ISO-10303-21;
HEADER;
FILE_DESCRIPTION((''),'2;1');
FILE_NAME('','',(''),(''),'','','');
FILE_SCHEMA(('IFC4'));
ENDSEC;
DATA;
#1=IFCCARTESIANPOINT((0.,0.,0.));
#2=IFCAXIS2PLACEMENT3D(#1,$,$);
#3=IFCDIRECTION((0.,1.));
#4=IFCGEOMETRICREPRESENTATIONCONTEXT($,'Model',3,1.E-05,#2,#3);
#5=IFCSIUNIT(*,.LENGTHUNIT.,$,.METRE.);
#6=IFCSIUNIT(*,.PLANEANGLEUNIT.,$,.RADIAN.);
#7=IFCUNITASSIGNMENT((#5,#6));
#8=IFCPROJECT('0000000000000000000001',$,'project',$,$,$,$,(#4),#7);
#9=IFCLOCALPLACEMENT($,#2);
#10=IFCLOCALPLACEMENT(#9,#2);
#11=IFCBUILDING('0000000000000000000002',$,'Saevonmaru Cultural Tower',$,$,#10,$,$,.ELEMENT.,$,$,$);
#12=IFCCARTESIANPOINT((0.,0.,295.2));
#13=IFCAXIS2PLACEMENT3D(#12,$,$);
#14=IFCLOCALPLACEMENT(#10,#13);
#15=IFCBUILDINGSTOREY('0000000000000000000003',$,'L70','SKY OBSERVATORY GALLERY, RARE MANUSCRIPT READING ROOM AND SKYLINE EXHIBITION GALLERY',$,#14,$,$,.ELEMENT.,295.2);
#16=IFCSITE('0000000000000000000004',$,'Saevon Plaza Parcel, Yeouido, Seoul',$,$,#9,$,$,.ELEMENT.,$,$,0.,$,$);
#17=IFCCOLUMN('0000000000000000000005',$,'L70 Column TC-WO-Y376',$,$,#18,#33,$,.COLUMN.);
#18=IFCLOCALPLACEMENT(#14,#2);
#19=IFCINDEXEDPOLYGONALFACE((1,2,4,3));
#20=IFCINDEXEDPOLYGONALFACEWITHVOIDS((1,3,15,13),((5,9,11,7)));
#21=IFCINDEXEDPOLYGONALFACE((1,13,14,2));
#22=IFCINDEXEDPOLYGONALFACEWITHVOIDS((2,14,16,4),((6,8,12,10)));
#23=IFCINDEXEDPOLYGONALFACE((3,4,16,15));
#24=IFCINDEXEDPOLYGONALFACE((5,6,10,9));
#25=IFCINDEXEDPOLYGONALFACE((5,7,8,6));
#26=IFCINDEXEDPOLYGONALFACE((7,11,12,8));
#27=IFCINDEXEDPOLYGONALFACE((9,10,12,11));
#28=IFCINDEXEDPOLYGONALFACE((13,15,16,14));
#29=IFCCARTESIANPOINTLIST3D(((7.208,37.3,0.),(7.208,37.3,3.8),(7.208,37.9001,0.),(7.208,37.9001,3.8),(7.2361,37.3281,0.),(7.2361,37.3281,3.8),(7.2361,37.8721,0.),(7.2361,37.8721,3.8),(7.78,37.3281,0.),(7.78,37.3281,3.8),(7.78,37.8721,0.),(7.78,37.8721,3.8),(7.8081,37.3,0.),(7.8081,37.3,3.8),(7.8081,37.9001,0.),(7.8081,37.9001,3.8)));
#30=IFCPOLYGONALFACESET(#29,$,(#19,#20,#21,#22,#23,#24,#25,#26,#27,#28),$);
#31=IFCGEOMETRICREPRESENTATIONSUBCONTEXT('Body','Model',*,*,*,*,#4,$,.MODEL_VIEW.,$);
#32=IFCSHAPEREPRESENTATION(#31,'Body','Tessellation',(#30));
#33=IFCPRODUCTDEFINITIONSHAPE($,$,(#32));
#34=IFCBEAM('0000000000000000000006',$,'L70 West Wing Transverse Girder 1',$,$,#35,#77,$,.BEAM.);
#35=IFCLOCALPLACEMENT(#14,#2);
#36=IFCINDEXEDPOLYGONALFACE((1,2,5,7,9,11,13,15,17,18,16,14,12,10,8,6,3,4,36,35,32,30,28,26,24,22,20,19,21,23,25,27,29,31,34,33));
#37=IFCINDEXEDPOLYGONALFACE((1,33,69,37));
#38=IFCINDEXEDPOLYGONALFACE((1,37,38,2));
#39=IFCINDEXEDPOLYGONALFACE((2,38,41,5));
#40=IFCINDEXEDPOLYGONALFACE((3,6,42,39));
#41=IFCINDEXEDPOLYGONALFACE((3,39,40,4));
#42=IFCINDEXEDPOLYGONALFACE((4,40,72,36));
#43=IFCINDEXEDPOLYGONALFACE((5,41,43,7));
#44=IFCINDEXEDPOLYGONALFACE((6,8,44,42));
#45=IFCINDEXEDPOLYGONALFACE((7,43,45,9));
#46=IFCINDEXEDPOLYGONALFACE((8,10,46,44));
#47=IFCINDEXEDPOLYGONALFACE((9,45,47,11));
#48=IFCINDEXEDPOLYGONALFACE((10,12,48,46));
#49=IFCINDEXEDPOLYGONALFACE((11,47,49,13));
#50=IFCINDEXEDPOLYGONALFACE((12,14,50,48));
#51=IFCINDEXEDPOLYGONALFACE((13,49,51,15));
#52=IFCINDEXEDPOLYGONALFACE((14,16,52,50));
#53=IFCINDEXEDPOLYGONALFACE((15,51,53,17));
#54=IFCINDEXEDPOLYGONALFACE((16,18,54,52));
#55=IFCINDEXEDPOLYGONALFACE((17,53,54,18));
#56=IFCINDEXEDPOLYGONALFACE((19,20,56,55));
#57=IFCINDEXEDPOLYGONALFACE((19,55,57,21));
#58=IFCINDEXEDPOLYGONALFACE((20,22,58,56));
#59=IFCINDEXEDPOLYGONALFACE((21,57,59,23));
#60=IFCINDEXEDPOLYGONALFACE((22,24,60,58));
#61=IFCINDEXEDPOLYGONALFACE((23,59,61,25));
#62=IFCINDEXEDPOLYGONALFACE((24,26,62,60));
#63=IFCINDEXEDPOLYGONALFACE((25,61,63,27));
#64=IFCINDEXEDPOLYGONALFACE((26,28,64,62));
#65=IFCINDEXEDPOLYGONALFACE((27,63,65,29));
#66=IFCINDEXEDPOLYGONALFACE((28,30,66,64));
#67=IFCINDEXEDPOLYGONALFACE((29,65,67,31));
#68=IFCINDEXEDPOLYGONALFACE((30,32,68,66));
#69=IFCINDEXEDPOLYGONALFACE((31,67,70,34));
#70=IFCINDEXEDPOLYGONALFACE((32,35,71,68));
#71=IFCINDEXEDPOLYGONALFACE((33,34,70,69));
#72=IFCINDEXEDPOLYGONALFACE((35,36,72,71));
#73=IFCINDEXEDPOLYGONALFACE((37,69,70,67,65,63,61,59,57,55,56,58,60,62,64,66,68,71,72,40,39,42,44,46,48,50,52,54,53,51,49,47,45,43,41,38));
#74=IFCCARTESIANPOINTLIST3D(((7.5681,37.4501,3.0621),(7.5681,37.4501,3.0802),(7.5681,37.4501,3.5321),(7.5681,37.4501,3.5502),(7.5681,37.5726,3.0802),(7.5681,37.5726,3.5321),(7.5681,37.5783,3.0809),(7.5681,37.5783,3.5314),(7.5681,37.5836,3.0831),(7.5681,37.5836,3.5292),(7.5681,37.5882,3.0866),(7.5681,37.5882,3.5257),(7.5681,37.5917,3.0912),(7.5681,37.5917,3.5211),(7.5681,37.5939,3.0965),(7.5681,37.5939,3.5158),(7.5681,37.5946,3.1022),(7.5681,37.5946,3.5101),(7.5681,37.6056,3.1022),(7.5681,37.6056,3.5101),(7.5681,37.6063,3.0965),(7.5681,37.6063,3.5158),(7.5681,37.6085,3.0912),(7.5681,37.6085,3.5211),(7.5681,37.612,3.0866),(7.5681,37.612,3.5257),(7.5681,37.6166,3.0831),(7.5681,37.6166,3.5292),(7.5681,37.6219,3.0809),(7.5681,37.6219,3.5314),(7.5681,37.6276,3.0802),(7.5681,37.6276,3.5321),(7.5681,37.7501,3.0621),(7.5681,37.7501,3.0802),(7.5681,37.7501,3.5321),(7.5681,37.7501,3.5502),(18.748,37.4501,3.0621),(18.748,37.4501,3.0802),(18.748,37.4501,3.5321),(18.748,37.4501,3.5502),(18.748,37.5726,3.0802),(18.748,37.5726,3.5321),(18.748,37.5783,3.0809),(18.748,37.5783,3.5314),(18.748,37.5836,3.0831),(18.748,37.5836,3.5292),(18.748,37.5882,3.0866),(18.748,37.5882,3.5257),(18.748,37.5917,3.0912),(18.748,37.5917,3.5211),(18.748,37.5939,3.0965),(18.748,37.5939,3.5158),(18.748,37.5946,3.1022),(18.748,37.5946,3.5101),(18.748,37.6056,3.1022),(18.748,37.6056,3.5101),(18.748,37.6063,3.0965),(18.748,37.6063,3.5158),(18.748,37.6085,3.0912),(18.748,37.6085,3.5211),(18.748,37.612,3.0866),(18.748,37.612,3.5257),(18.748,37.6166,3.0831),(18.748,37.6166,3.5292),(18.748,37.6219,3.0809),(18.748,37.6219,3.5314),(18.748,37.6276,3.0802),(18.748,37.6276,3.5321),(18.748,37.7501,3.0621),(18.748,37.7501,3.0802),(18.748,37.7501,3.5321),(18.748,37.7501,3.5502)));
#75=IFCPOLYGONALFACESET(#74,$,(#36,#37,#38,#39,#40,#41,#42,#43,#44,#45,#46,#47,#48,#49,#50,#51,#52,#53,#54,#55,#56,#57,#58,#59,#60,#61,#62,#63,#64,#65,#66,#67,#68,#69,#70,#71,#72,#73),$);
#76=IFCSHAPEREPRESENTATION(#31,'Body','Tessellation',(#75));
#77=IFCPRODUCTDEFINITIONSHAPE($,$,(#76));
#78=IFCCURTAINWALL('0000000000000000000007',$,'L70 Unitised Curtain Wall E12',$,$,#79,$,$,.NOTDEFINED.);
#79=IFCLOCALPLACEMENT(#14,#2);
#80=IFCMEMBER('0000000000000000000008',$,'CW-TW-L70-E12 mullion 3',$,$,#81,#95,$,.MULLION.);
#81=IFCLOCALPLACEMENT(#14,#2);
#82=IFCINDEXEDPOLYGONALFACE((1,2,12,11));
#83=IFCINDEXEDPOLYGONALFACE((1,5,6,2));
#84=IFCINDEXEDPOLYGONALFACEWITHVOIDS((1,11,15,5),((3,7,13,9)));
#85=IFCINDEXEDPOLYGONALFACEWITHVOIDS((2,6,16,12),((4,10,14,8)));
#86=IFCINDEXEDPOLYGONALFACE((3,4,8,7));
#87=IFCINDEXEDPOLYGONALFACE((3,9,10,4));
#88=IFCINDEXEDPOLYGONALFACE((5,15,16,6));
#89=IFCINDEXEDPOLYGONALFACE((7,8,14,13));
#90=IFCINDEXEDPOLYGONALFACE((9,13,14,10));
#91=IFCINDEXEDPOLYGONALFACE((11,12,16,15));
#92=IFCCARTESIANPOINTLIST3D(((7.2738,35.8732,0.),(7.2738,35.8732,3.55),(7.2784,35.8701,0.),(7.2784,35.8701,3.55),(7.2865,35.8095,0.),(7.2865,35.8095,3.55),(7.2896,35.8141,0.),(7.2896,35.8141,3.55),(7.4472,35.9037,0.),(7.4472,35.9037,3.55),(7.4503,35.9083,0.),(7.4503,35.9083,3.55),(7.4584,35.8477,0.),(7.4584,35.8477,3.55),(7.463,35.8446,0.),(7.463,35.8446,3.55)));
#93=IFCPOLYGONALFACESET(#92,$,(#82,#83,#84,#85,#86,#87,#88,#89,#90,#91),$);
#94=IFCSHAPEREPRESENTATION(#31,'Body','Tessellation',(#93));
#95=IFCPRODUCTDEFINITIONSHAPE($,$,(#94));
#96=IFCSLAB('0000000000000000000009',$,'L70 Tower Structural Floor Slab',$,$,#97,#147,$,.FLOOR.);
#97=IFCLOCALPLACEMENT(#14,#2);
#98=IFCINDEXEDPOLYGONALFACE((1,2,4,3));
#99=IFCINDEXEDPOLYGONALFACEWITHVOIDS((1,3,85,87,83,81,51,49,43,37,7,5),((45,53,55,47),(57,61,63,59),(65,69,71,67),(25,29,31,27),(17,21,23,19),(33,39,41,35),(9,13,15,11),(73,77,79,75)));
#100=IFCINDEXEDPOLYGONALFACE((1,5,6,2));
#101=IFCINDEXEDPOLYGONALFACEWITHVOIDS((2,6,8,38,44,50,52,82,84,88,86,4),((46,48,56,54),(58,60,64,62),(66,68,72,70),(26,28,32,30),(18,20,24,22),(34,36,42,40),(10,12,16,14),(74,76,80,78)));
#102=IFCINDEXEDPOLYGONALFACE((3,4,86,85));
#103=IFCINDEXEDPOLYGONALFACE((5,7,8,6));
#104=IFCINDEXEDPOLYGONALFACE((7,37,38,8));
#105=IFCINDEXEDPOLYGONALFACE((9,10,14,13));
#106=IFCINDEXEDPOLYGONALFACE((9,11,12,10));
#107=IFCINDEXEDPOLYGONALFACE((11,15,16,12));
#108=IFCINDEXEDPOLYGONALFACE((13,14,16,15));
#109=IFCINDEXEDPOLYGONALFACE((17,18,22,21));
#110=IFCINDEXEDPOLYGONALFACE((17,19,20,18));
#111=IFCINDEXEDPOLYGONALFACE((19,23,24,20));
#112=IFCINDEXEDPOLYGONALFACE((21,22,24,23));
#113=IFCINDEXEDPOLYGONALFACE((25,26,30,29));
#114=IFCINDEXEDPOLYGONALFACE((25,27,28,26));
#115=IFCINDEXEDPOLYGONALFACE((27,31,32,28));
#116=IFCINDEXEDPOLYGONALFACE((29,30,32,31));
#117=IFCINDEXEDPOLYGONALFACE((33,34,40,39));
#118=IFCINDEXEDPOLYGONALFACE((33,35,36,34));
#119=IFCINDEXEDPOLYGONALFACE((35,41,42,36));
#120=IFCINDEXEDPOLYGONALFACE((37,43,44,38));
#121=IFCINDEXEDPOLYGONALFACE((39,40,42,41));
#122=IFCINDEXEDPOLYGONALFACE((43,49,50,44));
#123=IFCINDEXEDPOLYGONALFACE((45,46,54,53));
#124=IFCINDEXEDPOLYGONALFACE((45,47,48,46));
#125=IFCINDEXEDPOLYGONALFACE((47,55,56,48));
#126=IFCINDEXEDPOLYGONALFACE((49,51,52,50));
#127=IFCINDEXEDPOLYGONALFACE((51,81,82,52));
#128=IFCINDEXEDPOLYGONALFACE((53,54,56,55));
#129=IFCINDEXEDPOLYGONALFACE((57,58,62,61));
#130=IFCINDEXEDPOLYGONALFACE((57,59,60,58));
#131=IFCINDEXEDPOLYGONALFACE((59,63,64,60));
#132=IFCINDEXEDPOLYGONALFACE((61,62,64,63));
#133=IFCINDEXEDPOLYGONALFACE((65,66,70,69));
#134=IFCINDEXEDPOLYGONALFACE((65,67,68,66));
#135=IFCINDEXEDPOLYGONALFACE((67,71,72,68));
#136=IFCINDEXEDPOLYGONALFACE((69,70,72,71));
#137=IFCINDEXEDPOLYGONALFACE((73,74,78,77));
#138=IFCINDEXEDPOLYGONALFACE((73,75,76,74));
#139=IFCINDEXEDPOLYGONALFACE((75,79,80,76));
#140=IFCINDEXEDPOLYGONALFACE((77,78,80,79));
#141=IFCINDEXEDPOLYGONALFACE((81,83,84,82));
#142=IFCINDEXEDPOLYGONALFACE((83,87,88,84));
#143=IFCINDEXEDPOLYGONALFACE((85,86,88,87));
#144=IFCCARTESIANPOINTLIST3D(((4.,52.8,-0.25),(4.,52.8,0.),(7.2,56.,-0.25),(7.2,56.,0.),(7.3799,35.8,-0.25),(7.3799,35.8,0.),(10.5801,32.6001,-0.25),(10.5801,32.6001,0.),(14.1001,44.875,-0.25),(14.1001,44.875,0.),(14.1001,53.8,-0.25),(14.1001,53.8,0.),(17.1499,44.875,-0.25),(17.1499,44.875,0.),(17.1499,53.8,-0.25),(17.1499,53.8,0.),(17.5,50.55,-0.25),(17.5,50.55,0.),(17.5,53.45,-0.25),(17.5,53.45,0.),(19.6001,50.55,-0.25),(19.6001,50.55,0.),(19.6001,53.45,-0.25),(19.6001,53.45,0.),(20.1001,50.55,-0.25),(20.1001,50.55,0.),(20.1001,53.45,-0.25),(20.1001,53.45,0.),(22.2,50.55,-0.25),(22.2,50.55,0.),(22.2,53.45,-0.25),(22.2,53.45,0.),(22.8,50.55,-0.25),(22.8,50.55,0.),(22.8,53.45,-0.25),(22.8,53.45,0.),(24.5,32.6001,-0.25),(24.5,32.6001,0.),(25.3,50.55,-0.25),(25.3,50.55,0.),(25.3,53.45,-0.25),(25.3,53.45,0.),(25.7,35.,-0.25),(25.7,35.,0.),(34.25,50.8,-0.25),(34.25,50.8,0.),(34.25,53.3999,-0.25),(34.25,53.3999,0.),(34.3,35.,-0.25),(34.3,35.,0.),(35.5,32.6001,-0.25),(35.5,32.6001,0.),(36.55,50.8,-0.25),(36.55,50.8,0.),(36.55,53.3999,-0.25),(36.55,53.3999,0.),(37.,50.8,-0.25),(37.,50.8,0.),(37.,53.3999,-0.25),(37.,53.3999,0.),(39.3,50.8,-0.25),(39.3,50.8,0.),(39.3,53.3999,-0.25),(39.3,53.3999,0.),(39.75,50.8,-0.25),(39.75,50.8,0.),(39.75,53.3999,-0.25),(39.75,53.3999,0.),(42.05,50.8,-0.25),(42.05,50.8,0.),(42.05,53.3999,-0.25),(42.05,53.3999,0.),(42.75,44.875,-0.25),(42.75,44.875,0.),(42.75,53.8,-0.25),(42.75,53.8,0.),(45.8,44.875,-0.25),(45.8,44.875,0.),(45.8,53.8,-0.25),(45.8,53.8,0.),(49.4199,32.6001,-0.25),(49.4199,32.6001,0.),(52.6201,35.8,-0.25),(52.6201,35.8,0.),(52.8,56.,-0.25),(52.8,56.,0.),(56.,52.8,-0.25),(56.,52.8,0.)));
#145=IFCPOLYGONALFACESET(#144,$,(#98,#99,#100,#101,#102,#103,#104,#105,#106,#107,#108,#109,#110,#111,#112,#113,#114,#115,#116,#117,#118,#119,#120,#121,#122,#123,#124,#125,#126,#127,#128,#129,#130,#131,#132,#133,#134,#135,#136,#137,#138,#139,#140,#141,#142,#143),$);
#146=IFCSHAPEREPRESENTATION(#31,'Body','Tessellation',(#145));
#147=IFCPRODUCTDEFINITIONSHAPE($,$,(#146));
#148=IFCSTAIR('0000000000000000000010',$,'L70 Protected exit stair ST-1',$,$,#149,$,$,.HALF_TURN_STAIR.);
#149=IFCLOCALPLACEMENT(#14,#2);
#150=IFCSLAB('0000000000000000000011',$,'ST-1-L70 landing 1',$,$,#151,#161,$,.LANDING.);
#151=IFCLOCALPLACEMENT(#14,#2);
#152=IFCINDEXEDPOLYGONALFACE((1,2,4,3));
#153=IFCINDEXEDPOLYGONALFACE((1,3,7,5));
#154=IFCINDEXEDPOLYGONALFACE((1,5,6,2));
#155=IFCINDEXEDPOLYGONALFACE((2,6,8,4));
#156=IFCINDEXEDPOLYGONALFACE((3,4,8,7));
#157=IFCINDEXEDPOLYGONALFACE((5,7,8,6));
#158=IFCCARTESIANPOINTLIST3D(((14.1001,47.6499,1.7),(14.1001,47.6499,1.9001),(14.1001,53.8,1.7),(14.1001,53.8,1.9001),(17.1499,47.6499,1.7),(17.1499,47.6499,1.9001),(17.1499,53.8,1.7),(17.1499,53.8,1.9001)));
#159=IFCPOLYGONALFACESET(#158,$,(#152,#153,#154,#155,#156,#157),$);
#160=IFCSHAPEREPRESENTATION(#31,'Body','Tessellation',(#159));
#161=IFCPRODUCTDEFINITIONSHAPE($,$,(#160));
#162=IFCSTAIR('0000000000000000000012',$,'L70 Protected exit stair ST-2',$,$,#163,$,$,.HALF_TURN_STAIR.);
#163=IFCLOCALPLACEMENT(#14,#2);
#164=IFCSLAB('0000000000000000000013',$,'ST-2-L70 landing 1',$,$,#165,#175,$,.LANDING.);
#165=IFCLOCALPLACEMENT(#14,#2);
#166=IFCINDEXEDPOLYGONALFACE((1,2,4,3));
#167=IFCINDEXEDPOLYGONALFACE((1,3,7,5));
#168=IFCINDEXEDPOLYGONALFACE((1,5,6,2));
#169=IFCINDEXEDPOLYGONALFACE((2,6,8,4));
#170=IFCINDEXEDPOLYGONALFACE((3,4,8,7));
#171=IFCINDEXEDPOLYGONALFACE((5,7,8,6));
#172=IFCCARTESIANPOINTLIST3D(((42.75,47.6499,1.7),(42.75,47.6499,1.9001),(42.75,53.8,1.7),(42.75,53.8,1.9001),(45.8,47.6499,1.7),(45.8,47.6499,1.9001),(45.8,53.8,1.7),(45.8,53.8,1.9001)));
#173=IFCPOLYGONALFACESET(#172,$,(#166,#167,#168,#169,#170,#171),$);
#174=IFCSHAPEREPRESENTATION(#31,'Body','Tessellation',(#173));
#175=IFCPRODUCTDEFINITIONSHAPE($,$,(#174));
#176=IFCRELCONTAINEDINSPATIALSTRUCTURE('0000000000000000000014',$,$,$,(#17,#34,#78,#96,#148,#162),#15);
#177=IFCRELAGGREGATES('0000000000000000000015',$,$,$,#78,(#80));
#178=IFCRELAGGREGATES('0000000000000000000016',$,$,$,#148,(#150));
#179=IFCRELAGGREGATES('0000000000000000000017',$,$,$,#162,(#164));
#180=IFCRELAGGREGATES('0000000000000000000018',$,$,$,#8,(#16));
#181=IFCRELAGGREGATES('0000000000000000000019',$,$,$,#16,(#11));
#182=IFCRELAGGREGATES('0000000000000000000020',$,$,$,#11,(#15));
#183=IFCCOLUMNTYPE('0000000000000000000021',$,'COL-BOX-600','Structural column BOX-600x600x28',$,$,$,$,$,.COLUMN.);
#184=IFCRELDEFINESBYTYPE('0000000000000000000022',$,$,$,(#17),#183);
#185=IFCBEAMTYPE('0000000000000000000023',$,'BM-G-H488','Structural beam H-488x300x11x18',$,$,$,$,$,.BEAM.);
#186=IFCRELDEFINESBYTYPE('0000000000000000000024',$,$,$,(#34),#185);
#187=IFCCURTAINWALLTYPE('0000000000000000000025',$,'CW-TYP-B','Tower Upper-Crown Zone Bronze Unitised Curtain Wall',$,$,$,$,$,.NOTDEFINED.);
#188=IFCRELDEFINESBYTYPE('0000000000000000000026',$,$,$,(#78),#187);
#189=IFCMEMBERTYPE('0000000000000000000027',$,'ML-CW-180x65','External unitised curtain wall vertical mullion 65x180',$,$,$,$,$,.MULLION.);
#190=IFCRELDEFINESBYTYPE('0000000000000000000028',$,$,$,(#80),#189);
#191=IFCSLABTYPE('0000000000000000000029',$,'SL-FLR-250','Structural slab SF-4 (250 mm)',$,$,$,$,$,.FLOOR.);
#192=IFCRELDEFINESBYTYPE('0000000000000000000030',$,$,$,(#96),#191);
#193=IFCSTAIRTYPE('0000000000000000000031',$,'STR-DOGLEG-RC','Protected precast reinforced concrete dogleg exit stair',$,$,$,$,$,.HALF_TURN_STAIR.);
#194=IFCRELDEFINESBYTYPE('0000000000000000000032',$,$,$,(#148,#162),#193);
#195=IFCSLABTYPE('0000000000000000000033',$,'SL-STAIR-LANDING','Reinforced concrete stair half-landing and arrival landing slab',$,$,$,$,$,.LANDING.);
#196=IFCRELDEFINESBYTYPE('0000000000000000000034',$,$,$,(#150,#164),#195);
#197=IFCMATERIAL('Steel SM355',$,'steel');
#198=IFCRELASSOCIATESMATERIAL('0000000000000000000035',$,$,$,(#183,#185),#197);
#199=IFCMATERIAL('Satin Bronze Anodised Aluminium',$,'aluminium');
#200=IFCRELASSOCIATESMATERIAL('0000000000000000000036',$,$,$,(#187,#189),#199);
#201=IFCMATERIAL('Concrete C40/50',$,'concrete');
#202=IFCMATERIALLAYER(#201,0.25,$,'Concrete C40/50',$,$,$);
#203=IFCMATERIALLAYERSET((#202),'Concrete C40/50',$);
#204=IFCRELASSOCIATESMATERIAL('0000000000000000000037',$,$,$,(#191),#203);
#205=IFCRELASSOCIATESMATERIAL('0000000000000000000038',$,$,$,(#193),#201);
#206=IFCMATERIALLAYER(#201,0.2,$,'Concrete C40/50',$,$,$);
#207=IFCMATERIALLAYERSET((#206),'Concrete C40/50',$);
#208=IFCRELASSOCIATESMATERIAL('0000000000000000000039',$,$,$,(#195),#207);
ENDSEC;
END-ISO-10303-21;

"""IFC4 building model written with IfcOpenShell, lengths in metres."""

from ifc_helpers import new_model, si_unit, direction, frame, origin, origin_2d, place, context, subcontext, project, spatial, polyline, hollow_rectangle, i_section, outline, extrude, material, layer, layer_set, material_profile, profile_set, type_object, element, aggregate, save


model = new_model("IFC4")

# Units and contexts
model_context = context("Model", 3, precision=1e-05, world=origin(), true_north=direction((0.0, 1.0)))
body_context = subcontext(model_context, "Body", "Model", "MODEL_VIEW")
ifc_project = project(units=[si_unit("LENGTHUNIT", "METRE"), si_unit("PLANEANGLEUNIT", "RADIAN")], contexts=[model_context])

# Site, building, storey
site_placement = place(None, origin())
site = spatial("IfcSite", under=ifc_project, at=site_placement, Name="Saevon Plaza Parcel, Yeouido, Seoul", CompositionType="ELEMENT", RefElevation=0.0)
building_placement = place(site_placement, origin())
building = spatial("IfcBuilding", under=site, at=building_placement, Name="Saevonmaru Cultural Tower", CompositionType="ELEMENT")
storey_placement = place(building_placement, frame((0.0, 0.0, 295.2)))
storey = spatial("IfcBuildingStorey", under=building, at=storey_placement, Name="L70", Description="SKY OBSERVATORY GALLERY, RARE MANUSCRIPT READING ROOM AND SKYLINE EXHIBITION GALLERY", CompositionType="ELEMENT", Elevation=295.2)

# Column
ifc_material_1 = material(Name="Steel SM355", Category="steel")
ifc_material_profile_1 = material_profile(ifc_material_1, hollow_rectangle(XDim=0.6001, YDim=0.6001, WallThickness=0.0281, at=origin_2d()), Name="BOX-600x600x28")
ifc_profile_set_1 = profile_set([ifc_material_profile_1], Name="Steel SM355")
column_type = type_object("IfcColumnType", Name="COL-BOX-600", Description="Structural column BOX-600x600x28", PredefinedType="COLUMN", material=ifc_profile_set_1)
column_placement = place(storey_placement, frame((7.5081, 37.6001, 0.0), z_axis=(0.0, 0.0, 1.0), x_axis=(1.0, 0.0, 0.0)))
element("IfcColumn", 1, at=column_placement, inside=storey, type_object=column_type, Name="L70 Column TC-WO-Y376", PredefinedType="COLUMN", context=body_context, shape_type="SweptSolid", body=[
    extrude(hollow_rectangle(XDim=0.6001, YDim=0.6001, WallThickness=0.0281, at=origin_2d()), origin(), (0.0, 0.0, 1.0), 3.8),
])

# Beam
ifc_material_profile_2 = material_profile(ifc_material_1, i_section(OverallWidth=0.3, OverallDepth=0.488, WebThickness=0.011, FlangeThickness=0.0181, FilletRadius=0.022, at=origin_2d()), Name="H-488x300x11x18")
ifc_profile_set_2 = profile_set([ifc_material_profile_2], Name="Steel SM355")
beam_type = type_object("IfcBeamType", Name="BM-G-H488", Description="Structural beam H-488x300x11x18", PredefinedType="BEAM", material=ifc_profile_set_2)
beam_placement = place(storey_placement, frame((7.5681, 37.6001, 3.3062), z_axis=(1.0, 0.0, 0.0), x_axis=(0.0, 1.0, 0.0)))
element("IfcBeam", 2, at=beam_placement, inside=storey, type_object=beam_type, Name="L70 West Wing Transverse Girder 1", PredefinedType="BEAM", context=body_context, shape_type="SweptSolid", body=[
    extrude(i_section(OverallWidth=0.3, OverallDepth=0.488, WebThickness=0.011, FlangeThickness=0.0181, FilletRadius=0.022, at=origin_2d()), origin(), (0.0, 0.0, 1.0), 11.1799),
])

# Curtain wall, member
ifc_material_2 = material(Name="Satin Bronze Anodised Aluminium", Category="aluminium")
curtain_wall_type = type_object("IfcCurtainWallType", Name="CW-TYP-B", Description="Tower Upper-Crown Zone Bronze Unitised Curtain Wall", PredefinedType="NOTDEFINED", material=ifc_material_2)
curtain_wall_placement = place(storey_placement, origin())
curtain_wall = element("IfcCurtainWall", 3, at=curtain_wall_placement, inside=storey, type_object=curtain_wall_type, Name="L70 Unitised Curtain Wall E12", PredefinedType="NOTDEFINED")
ifc_material_profile_3 = material_profile(ifc_material_2, hollow_rectangle(XDim=0.0649, YDim=0.1799, WallThickness=0.0039, at=origin_2d()), Name="ALU-MULL-180x65x4")
ifc_profile_set_3 = profile_set([ifc_material_profile_3], Name="Satin Bronze Anodised Aluminium")
member_type = type_object("IfcMemberType", Name="ML-CW-180x65", Description="External unitised curtain wall vertical mullion 65x180", PredefinedType="MULLION", material=ifc_profile_set_3)
member_placement = place(storey_placement, frame((7.3684, 35.8589, 0.0), z_axis=(0.0, 0.0, 1.0), x_axis=(0.195005, -0.980802, 0.0)))
member = element("IfcMember", 4, at=member_placement, type_object=member_type, Name="CW-TW-L70-E12 mullion 3", PredefinedType="MULLION", context=body_context, shape_type="SweptSolid", body=[
    extrude(hollow_rectangle(XDim=0.0649, YDim=0.1799, WallThickness=0.0039, at=origin_2d()), origin(), (0.0, 0.0, 1.0), 3.55),
])
aggregate(curtain_wall, [member])

# Slab
ifc_material_3 = material(Name="Concrete C40/50", Category="concrete")
ifc_layer_1 = layer(ifc_material_3, 0.25, Name="Concrete C40/50")
ifc_layer_set_1 = layer_set([ifc_layer_1], Name="Concrete C40/50")
slab_type_1 = type_object("IfcSlabType", Name="SL-FLR-250", Description="Structural slab SF-4 (250 mm)", PredefinedType="FLOOR", material=ifc_layer_set_1)
slab_1_placement = place(storey_placement, frame((0.0, 0.0, -0.25)))
element("IfcSlab", 5, at=slab_1_placement, inside=storey, type_object=slab_type_1, Name="L70 Tower Structural Floor Slab", PredefinedType="FLOOR", context=body_context, shape_type="SweptSolid", body=[
    extrude(outline(polyline([(7.3799, 35.8), (10.5801, 32.6001), (24.5, 32.6001), (25.7, 35.0), (34.3, 35.0), (35.5, 32.6001), (49.4199, 32.6001), (52.6201, 35.8), (56.0, 52.8), (52.8, 56.0), (7.2, 56.0), (4.0, 52.8), (7.3799, 35.8)]), holes=[polyline([(45.8, 53.8), (45.8, 44.875), (42.75, 44.875), (42.75, 53.8), (45.8, 53.8)]), polyline([(42.05, 50.8), (39.75, 50.8), (39.75, 53.3999), (42.05, 53.3999), (42.05, 50.8)]), polyline([(39.3, 50.8), (37.0, 50.8), (37.0, 53.3999), (39.3, 53.3999), (39.3, 50.8)]), polyline([(36.55, 50.8), (34.25, 50.8), (34.25, 53.3999), (36.55, 53.3999), (36.55, 50.8)]), polyline([(25.3, 50.55), (22.8, 50.55), (22.8, 53.45), (25.3, 53.45), (25.3, 50.55)]), polyline([(22.2, 50.55), (20.1001, 50.55), (20.1001, 53.45), (22.2, 53.45), (22.2, 50.55)]), polyline([(19.6001, 50.55), (17.5, 50.55), (17.5, 53.45), (19.6001, 53.45), (19.6001, 50.55)]), polyline([(17.1499, 53.8), (17.1499, 44.875), (14.1001, 44.875), (14.1001, 53.8), (17.1499, 53.8)])]), origin(), (0.0, 0.0, 1.0), 0.25),
])

# Stairs, slabs
stair_type = type_object("IfcStairType", Name="STR-DOGLEG-RC", Description="Protected precast reinforced concrete dogleg exit stair", PredefinedType="HALF_TURN_STAIR", material=ifc_material_3)
stair_1_placement = place(storey_placement, origin())
stair_1 = element("IfcStair", 6, at=stair_1_placement, inside=storey, type_object=stair_type, Name="L70 Protected exit stair ST-1", PredefinedType="HALF_TURN_STAIR")
ifc_layer_2 = layer(ifc_material_3, 0.2, Name="Concrete C40/50")
ifc_layer_set_2 = layer_set([ifc_layer_2], Name="Concrete C40/50")
slab_type_2 = type_object("IfcSlabType", Name="SL-STAIR-LANDING", Description="Reinforced concrete stair half-landing and arrival landing slab", PredefinedType="LANDING", material=ifc_layer_set_2)
slab_2_placement = place(storey_placement, frame((0.0, 0.0, 1.7)))
slab_2 = element("IfcSlab", 7, at=slab_2_placement, type_object=slab_type_2, Name="ST-1-L70 landing 1", PredefinedType="LANDING", context=body_context, shape_type="SweptSolid", body=[
    extrude(outline(polyline([(17.1499, 47.6499), (17.1499, 53.8), (14.1001, 53.8), (14.1001, 47.6499), (17.1499, 47.6499)])), origin(), (0.0, 0.0, 1.0), 0.2002),
])
aggregate(stair_1, [slab_2])
stair_2_placement = place(storey_placement, origin())
stair_2 = element("IfcStair", 8, at=stair_2_placement, inside=storey, type_object=stair_type, Name="L70 Protected exit stair ST-2", PredefinedType="HALF_TURN_STAIR")
slab_3_placement = place(storey_placement, frame((0.0, 0.0, 1.7)))
slab_3 = element("IfcSlab", 9, at=slab_3_placement, type_object=slab_type_2, Name="ST-2-L70 landing 1", PredefinedType="LANDING", context=body_context, shape_type="SweptSolid", body=[
    extrude(outline(polyline([(45.8, 47.6499), (45.8, 53.8), (42.75, 53.8), (42.75, 47.6499), (45.8, 47.6499)])), origin(), (0.0, 0.0, 1.0), 0.2002),
])
aggregate(stair_2, [slab_3])

save(model, "model.ifc")
